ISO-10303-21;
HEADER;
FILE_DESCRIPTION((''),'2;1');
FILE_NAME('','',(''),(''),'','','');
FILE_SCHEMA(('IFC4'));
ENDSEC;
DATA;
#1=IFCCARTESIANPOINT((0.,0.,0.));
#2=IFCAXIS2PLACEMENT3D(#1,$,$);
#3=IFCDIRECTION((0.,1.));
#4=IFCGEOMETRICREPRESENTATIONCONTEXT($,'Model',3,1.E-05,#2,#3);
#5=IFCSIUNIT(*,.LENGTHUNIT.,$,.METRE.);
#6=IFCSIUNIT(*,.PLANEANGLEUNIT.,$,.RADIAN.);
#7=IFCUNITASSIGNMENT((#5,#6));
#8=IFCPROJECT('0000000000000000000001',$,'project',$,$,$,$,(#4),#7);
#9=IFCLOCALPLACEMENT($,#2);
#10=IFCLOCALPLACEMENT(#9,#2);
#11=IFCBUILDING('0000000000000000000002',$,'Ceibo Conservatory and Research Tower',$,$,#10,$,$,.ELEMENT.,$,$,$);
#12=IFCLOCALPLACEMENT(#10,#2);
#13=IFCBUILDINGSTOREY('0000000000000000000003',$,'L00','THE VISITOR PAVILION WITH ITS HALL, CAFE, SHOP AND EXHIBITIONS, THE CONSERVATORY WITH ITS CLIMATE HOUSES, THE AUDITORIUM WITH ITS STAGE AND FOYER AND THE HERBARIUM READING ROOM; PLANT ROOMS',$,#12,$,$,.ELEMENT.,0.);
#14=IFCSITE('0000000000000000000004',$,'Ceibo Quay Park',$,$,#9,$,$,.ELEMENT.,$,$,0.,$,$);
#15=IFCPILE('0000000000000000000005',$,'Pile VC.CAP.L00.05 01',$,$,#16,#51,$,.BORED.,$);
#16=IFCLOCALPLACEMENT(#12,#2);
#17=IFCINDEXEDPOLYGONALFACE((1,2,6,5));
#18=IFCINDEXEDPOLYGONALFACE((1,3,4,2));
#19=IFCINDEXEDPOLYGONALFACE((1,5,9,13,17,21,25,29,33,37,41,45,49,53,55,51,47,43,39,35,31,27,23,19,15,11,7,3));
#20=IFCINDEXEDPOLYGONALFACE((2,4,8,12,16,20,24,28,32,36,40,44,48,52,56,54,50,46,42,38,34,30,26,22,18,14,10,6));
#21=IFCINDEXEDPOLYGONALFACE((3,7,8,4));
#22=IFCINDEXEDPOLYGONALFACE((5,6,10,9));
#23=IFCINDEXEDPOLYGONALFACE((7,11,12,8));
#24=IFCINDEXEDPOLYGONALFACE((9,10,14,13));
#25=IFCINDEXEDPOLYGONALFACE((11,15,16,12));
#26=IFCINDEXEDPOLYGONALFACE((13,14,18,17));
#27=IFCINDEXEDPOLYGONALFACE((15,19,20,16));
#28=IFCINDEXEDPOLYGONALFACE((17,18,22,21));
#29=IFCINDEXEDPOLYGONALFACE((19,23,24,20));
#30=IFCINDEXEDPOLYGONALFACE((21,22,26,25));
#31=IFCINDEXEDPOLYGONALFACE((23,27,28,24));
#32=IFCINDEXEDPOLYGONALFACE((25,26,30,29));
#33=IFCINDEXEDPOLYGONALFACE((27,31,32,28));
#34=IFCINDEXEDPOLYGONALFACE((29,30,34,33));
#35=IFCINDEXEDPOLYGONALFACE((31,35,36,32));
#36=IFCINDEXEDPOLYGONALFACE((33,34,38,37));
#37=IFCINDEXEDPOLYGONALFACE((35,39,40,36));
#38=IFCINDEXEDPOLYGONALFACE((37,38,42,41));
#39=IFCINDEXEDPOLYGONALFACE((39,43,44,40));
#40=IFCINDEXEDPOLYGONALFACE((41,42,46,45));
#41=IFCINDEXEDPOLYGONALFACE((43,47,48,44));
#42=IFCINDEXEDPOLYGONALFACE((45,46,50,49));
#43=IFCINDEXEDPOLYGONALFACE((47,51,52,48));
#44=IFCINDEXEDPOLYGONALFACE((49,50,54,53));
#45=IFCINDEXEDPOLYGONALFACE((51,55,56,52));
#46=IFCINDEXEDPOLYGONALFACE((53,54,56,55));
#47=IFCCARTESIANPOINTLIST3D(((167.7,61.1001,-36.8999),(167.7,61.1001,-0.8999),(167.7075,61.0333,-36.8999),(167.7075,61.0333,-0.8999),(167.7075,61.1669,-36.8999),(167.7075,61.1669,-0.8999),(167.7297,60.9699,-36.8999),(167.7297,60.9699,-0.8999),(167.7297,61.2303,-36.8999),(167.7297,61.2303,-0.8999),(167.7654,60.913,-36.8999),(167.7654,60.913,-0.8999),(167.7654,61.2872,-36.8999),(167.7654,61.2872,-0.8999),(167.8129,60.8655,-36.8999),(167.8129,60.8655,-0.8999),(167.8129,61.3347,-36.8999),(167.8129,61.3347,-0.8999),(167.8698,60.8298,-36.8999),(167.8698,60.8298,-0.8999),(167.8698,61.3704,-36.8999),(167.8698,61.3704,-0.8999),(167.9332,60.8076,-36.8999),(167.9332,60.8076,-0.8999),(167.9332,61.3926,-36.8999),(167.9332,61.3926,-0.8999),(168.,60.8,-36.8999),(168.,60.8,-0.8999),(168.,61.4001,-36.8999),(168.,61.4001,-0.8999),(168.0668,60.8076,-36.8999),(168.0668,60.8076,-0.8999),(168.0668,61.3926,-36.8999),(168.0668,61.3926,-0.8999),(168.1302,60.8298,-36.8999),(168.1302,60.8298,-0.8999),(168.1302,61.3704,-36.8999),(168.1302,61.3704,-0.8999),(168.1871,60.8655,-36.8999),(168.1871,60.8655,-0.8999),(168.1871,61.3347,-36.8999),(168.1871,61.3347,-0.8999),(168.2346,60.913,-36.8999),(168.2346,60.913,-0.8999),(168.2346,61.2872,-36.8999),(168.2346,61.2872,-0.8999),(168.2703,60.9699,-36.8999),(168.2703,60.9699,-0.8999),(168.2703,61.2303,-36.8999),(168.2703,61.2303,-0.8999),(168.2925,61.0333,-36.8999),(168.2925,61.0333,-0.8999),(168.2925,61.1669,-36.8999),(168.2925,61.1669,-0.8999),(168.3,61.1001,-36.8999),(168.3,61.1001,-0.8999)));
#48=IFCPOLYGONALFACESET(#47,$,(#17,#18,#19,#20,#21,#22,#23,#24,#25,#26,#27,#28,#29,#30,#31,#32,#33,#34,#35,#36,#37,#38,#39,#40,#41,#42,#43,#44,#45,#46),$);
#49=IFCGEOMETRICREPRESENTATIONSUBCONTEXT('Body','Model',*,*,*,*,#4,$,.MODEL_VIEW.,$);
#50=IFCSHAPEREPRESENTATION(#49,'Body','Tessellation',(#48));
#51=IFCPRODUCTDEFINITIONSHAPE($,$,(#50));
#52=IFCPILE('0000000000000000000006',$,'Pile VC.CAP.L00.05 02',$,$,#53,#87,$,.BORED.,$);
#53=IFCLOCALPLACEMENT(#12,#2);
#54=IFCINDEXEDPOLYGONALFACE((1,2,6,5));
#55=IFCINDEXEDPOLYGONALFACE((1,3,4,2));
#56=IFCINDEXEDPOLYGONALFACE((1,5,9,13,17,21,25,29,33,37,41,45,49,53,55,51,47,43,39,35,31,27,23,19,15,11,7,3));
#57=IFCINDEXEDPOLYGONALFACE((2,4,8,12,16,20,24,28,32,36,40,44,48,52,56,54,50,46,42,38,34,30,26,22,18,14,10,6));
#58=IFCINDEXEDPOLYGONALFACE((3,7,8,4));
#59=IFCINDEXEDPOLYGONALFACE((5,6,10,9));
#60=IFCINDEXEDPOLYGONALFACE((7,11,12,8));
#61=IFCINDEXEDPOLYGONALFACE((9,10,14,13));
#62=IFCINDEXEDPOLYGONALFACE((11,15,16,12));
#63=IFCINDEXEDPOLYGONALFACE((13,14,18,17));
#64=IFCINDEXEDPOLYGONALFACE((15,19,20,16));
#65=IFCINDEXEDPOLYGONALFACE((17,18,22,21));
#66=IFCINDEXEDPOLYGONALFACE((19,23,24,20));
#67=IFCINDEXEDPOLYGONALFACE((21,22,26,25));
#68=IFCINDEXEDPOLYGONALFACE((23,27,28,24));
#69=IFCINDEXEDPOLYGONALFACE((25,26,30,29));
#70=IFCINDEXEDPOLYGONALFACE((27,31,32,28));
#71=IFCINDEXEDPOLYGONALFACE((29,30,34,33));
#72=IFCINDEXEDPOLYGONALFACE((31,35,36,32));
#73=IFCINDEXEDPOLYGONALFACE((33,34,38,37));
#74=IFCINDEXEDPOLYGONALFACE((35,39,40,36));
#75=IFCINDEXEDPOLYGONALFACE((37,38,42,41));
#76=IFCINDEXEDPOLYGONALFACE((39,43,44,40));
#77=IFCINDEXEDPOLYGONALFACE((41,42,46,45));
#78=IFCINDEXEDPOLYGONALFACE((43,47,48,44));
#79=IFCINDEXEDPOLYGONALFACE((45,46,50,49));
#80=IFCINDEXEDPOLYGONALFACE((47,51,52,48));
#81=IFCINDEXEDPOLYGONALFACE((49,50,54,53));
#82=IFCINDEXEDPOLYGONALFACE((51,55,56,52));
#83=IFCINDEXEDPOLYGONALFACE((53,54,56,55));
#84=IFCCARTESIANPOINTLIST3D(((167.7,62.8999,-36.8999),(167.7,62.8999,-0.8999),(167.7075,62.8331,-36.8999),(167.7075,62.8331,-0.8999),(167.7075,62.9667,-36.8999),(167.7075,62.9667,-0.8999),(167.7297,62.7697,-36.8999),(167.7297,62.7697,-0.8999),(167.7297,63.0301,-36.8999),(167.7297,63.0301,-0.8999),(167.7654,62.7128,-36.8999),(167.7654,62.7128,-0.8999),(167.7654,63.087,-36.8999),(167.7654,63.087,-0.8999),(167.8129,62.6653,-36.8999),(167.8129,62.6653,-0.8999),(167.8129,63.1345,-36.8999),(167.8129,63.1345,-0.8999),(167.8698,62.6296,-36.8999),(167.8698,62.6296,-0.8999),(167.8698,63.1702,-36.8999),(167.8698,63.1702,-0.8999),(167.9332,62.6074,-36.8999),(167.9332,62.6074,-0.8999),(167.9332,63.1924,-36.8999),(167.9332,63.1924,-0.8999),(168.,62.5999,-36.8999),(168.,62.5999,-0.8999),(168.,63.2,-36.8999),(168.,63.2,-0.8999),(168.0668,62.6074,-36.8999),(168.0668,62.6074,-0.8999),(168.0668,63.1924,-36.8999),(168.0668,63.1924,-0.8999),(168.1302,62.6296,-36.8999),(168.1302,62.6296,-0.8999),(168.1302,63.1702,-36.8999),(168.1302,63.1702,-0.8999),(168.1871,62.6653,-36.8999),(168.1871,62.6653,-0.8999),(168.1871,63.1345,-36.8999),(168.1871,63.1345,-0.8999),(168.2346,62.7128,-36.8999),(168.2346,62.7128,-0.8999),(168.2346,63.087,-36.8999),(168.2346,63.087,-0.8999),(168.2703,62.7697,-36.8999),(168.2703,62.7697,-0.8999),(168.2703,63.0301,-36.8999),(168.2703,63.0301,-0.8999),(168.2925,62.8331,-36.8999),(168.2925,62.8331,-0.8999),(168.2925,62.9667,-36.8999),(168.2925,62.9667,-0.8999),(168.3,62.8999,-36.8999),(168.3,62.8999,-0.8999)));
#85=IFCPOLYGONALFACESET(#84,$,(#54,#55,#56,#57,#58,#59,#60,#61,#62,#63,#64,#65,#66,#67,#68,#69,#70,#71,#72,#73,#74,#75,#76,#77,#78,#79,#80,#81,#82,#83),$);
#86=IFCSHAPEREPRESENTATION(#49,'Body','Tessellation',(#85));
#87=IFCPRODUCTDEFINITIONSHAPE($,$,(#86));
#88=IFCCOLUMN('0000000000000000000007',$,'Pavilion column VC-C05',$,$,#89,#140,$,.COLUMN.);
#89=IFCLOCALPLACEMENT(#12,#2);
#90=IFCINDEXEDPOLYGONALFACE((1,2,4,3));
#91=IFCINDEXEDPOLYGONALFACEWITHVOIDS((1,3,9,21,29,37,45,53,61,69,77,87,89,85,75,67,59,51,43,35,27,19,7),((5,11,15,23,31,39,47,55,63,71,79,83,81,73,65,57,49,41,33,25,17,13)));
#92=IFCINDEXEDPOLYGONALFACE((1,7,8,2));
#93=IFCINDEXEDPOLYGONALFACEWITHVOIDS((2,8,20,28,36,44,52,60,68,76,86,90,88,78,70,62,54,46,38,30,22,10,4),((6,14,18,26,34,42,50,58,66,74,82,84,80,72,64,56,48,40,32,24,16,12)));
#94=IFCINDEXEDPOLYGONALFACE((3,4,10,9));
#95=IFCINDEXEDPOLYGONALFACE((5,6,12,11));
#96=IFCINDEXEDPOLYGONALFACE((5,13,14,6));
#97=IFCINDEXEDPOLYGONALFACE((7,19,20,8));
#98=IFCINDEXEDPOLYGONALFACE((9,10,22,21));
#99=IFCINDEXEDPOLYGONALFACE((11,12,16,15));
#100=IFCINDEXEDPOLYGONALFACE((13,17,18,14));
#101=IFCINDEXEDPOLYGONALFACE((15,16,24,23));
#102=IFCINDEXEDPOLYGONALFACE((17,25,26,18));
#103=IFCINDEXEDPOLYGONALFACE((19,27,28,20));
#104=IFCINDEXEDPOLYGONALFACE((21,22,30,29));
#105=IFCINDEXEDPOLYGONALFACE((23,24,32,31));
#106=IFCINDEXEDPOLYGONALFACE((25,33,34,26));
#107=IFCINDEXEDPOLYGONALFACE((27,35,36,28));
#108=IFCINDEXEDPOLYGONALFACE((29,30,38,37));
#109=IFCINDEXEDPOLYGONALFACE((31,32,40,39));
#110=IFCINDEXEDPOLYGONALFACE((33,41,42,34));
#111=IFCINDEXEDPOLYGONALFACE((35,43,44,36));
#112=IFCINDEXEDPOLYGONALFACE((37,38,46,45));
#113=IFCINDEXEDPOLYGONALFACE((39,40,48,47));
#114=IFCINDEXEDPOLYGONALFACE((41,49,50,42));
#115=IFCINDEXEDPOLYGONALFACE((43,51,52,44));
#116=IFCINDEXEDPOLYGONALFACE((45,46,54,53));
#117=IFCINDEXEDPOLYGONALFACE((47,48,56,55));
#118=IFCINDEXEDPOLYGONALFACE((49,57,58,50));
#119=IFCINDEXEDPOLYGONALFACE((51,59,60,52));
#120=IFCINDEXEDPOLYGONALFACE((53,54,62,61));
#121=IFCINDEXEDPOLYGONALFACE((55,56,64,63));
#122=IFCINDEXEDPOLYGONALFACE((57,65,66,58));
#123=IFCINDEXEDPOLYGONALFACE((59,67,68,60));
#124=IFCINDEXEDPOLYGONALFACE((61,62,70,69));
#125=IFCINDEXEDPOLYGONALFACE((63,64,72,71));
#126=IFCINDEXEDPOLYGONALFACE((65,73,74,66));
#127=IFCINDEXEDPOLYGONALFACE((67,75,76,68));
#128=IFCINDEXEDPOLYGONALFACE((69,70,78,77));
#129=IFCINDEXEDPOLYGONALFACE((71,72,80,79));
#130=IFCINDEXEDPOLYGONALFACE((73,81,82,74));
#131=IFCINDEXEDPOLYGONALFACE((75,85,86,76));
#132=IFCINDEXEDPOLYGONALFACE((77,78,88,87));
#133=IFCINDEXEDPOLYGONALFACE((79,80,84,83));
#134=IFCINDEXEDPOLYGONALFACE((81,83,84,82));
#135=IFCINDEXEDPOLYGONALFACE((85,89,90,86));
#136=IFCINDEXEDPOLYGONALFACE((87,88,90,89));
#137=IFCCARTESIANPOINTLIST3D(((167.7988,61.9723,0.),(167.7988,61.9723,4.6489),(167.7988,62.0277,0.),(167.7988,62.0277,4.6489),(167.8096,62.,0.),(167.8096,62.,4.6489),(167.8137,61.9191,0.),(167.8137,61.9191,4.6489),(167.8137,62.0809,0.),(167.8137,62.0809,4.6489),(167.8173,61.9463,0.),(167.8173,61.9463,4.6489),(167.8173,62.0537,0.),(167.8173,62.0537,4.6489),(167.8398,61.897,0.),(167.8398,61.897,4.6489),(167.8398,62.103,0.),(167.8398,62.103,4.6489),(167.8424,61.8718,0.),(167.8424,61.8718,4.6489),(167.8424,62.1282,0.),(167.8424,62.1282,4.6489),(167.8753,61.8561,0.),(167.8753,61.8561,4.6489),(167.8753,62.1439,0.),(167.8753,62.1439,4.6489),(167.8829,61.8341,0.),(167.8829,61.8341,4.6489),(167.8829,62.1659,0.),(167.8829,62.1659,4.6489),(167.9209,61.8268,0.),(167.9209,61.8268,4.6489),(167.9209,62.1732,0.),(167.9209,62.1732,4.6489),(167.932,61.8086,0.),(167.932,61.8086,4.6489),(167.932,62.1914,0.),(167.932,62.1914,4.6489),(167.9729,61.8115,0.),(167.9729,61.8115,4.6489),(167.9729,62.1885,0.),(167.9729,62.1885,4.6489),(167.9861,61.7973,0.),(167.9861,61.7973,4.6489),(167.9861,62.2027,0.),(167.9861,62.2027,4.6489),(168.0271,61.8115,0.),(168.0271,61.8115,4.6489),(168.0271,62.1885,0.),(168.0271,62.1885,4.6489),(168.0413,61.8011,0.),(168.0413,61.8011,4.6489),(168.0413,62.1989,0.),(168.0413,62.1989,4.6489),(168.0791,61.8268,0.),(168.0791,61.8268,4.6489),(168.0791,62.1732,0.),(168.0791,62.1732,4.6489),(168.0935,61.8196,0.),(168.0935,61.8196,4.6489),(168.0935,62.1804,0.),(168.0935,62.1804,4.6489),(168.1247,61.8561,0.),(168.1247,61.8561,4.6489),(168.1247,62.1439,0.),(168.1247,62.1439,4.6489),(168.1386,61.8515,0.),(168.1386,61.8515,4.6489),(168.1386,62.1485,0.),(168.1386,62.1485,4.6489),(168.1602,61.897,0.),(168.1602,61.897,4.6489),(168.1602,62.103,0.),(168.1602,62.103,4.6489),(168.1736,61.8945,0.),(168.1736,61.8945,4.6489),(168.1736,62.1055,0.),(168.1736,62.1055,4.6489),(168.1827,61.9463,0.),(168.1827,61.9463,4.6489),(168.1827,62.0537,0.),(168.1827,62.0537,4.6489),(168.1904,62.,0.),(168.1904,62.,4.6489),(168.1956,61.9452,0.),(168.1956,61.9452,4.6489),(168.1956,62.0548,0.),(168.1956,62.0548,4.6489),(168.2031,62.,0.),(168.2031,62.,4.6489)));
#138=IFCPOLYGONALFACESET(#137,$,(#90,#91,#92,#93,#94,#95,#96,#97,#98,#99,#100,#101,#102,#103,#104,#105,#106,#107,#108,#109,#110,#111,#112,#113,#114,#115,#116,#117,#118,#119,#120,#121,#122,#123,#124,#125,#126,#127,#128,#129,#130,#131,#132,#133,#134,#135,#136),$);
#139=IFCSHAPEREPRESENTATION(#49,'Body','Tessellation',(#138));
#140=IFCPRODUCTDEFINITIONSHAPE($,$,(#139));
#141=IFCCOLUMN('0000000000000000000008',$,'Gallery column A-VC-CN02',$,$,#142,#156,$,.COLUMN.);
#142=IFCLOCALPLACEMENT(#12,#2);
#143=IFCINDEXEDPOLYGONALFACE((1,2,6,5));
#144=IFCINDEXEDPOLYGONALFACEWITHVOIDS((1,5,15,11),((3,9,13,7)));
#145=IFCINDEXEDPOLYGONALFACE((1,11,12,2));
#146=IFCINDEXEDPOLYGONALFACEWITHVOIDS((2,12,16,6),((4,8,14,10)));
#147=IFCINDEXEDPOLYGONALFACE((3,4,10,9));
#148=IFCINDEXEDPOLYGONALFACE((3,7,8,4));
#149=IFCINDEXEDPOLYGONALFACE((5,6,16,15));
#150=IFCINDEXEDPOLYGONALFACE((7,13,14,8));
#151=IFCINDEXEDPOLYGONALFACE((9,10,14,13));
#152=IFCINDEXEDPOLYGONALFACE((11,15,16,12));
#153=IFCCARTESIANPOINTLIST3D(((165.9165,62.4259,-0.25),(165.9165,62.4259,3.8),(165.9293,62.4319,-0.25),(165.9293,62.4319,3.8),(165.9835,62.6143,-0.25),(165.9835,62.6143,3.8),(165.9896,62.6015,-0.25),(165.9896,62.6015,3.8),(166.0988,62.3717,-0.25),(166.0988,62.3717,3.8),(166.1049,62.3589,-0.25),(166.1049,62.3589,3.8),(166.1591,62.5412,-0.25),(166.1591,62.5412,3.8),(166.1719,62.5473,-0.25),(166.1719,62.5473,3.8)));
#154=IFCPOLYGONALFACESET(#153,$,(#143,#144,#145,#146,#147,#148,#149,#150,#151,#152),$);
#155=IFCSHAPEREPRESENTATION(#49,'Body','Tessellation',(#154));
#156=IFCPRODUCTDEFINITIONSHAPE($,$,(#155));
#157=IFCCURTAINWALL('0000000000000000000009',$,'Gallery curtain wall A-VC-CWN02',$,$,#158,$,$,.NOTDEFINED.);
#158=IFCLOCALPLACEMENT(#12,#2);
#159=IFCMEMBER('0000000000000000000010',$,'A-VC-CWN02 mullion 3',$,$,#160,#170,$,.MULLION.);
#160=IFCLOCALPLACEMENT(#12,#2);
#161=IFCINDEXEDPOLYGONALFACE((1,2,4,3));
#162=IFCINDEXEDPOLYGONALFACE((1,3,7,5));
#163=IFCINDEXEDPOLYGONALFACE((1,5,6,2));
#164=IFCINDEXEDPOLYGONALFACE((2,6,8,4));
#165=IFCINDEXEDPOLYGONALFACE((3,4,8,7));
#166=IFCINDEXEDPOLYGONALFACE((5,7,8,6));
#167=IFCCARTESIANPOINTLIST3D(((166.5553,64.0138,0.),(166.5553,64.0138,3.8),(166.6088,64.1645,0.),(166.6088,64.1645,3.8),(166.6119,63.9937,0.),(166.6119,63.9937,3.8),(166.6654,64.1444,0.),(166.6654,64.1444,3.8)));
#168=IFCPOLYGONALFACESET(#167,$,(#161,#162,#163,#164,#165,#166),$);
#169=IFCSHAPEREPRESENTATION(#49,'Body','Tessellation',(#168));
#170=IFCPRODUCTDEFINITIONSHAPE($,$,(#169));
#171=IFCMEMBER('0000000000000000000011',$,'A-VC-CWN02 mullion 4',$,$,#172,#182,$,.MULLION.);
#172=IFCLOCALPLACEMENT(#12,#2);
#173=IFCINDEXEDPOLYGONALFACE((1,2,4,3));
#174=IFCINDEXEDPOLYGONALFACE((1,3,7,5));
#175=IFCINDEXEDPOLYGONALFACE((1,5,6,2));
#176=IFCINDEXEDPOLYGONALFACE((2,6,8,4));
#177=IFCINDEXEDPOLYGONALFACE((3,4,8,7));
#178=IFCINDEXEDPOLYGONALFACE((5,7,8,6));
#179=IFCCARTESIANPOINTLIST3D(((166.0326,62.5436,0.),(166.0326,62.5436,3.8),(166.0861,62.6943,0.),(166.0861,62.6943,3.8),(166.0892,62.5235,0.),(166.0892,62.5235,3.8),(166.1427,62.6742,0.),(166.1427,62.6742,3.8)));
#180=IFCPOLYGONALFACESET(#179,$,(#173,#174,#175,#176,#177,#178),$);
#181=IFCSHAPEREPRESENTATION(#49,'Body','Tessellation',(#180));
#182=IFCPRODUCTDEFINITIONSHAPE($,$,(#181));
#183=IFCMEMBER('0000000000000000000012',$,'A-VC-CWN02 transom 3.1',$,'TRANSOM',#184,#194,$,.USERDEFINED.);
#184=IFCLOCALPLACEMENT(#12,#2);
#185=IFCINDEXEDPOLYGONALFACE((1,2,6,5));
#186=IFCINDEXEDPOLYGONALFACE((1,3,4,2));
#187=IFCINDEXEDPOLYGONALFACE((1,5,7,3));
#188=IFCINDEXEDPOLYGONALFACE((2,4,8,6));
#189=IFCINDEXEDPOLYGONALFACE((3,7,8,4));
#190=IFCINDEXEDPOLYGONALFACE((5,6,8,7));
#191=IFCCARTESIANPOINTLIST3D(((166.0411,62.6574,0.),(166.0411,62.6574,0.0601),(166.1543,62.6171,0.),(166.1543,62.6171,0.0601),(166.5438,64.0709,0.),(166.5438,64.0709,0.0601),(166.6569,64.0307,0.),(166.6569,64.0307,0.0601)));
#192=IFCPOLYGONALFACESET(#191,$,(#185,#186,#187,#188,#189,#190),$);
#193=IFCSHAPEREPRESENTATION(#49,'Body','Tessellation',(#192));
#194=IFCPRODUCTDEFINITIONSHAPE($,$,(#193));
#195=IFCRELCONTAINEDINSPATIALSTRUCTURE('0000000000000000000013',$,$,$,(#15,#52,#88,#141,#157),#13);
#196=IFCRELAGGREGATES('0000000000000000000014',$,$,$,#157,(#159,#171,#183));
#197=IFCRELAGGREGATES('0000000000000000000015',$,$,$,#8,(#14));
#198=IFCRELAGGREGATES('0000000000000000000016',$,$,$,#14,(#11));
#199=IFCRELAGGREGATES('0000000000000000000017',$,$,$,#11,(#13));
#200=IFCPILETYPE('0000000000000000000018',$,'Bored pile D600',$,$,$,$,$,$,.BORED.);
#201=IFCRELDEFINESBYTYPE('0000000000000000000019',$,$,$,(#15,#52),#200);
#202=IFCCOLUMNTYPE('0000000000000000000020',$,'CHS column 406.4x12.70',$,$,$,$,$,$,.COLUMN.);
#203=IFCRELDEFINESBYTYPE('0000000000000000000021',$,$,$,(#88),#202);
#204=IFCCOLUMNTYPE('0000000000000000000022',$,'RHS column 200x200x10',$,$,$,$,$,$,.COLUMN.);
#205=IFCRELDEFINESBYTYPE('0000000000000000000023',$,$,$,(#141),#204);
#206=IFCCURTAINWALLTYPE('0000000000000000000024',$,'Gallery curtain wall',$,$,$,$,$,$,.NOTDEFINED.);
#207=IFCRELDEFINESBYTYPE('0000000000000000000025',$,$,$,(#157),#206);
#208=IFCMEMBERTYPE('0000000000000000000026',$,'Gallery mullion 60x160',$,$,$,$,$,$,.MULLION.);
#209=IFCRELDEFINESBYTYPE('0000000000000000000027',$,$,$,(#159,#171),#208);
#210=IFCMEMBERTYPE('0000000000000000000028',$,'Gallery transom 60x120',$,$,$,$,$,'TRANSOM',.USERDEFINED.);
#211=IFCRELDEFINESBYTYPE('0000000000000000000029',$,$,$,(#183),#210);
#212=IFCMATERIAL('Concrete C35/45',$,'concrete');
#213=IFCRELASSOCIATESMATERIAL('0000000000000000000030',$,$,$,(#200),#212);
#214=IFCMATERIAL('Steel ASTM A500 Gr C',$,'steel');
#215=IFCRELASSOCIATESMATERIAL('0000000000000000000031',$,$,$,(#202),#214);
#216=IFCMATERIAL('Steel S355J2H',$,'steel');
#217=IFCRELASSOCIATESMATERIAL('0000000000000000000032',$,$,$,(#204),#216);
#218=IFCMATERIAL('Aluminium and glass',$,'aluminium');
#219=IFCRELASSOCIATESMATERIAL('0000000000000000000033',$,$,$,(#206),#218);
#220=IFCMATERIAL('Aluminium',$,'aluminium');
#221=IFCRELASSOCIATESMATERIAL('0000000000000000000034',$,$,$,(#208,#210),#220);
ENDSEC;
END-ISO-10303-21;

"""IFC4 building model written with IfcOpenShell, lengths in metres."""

from ifc_helpers import new_model, si_unit, direction, frame, origin, origin_2d, place, context, subcontext, project, spatial, rectangle, hollow_rectangle, circle, hollow_circle, extrude, material, material_profile, profile_set, type_object, element, aggregate, save


model = new_model("IFC4")

# Units and contexts
model_context = context("Model", 3, precision=1e-05, world=origin(), true_north=direction((0.0, 1.0)))
body_context = subcontext(model_context, "Body", "Model", "MODEL_VIEW")
ifc_project = project(units=[si_unit("LENGTHUNIT", "METRE"), si_unit("PLANEANGLEUNIT", "RADIAN")], contexts=[model_context])

# Site, building, storey
site_placement = place(None, origin())
site = spatial("IfcSite", under=ifc_project, at=site_placement, Name="Ceibo Quay Park", CompositionType="ELEMENT", RefElevation=0.0)
building_placement = place(site_placement, origin())
building = spatial("IfcBuilding", under=site, at=building_placement, Name="Ceibo Conservatory and Research Tower", CompositionType="ELEMENT")
storey_placement = place(building_placement, origin())
storey = spatial("IfcBuildingStorey", under=building, at=storey_placement, Name="L00", Description="THE VISITOR PAVILION WITH ITS HALL, CAFE, SHOP AND EXHIBITIONS, THE CONSERVATORY WITH ITS CLIMATE HOUSES, THE AUDITORIUM WITH ITS STAGE AND FOYER AND THE HERBARIUM READING ROOM; PLANT ROOMS", CompositionType="ELEMENT", Elevation=0.0)

# Piles
ifc_material_1 = material(Name="Concrete C35/45", Category="concrete")
ifc_material_profile_1 = material_profile(ifc_material_1, circle(Radius=0.3, at=origin_2d()), Name="RC D600")
ifc_profile_set_1 = profile_set([ifc_material_profile_1], Name="Concrete C35/45")
pile_type = type_object("IfcPileType", Name="Bored pile D600", PredefinedType="BORED", material=ifc_profile_set_1)
for number, where, z_axis, x_axis, name in (
    (1, (168.0, 61.1001, -0.8999), (0.0, 0.0, -1.0), (1.0, 0.0, 0.0), "Pile VC.CAP.L00.05 01"),
    (2, (168.0, 62.8999, -0.8999), (0.0, 0.0, -1.0), (1.0, 0.0, 0.0), "Pile VC.CAP.L00.05 02"),
):
    element("IfcPile", number, at=place(storey_placement, frame(where, z_axis=z_axis, x_axis=x_axis)), inside=storey, type_object=pile_type, Name=name, PredefinedType="BORED", context=body_context, shape_type="SweptSolid", body=[
        extrude(circle(Radius=0.3, at=origin_2d()), origin(), (0.0, 0.0, 1.0), 36.0),
    ])

# Columns
ifc_material_2 = material(Name="Steel ASTM A500 Gr C", Category="steel")
ifc_material_profile_2 = material_profile(ifc_material_2, hollow_circle(Radius=0.2031, WallThickness=0.0127, at=origin_2d()), Name="CHS column 406.4x12.70")
ifc_profile_set_2 = profile_set([ifc_material_profile_2], Name="Steel ASTM A500 Gr C")
column_type_1 = type_object("IfcColumnType", Name="CHS column 406.4x12.70", PredefinedType="COLUMN", material=ifc_profile_set_2)
column_1_placement = place(storey_placement, frame((168.0, 62.0, 0.0), z_axis=(0.0, 0.0, 1.0), x_axis=(1.0, 0.0, 0.0)))
element("IfcColumn", 3, at=column_1_placement, inside=storey, type_object=column_type_1, Name="Pavilion column VC-C05", PredefinedType="COLUMN", context=body_context, shape_type="SweptSolid", body=[
    extrude(hollow_circle(Radius=0.2031, WallThickness=0.0127, at=origin_2d()), origin(), (0.0, 0.0, 1.0), 4.6489),
])
ifc_material_3 = material(Name="Steel S355J2H", Category="steel")
ifc_material_profile_3 = material_profile(ifc_material_3, hollow_rectangle(XDim=0.2, YDim=0.2, WallThickness=0.01, at=origin_2d()), Name="RHS column 200x200x10")
ifc_profile_set_3 = profile_set([ifc_material_profile_3], Name="Steel S355J2H")
column_type_2 = type_object("IfcColumnType", Name="RHS column 200x200x10", PredefinedType="COLUMN", material=ifc_profile_set_3)
column_2_placement = place(storey_placement, frame((166.0442, 62.4866, -0.25), z_axis=(0.0, 0.0, 1.0), x_axis=(-0.33504, -0.942204, 0.0)))
element("IfcColumn", 4, at=column_2_placement, inside=storey, type_object=column_type_2, Name="Gallery column A-VC-CN02", PredefinedType="COLUMN", context=body_context, shape_type="SweptSolid", body=[
    extrude(hollow_rectangle(XDim=0.2, YDim=0.2, WallThickness=0.01, at=origin_2d()), origin(), (0.0, 0.0, 1.0), 4.05),
])

# Curtain wall, members
ifc_material_4 = material(Name="Aluminium and glass", Category="aluminium")
curtain_wall_type_1 = type_object("IfcCurtainWallType", Name="Gallery curtain wall", PredefinedType="NOTDEFINED", material=ifc_material_4)
curtain_wall_1_placement = place(storey_placement, origin())
curtain_wall_1 = element("IfcCurtainWall", 5, at=curtain_wall_1_placement, inside=storey, type_object=curtain_wall_type_1, Name="Gallery curtain wall A-VC-CWN02", PredefinedType="NOTDEFINED")
ifc_material_5 = material(Name="Aluminium", Category="aluminium")
ifc_material_profile_4 = material_profile(ifc_material_5, rectangle(XDim=0.0601, YDim=0.1599, at=origin_2d()), Name="AL 60x160")
ifc_profile_set_4 = profile_set([ifc_material_profile_4], Name="Aluminium")
member_type_1 = type_object("IfcMemberType", Name="Gallery mullion 60x160", PredefinedType="MULLION", material=ifc_profile_set_4)
member_1_placement = place(storey_placement, frame((166.6104, 64.0791, 0.0), z_axis=(0.0, 0.0, 1.0), x_axis=(0.942204, -0.33504, 0.0)))
member_1 = element("IfcMember", 6, at=member_1_placement, type_object=member_type_1, Name="A-VC-CWN02 mullion 3", PredefinedType="MULLION", context=body_context, shape_type="SweptSolid", body=[
    extrude(rectangle(XDim=0.0601, YDim=0.1599, at=origin_2d()), origin(), (0.0, 0.0, 1.0), 3.8),
])
member_2_placement = place(storey_placement, frame((166.0876, 62.6089, 0.0), z_axis=(0.0, 0.0, 1.0), x_axis=(0.942204, -0.33504, 0.0)))
member_2 = element("IfcMember", 7, at=member_2_placement, type_object=member_type_1, Name="A-VC-CWN02 mullion 4", PredefinedType="MULLION", context=body_context, shape_type="SweptSolid", body=[
    extrude(rectangle(XDim=0.0601, YDim=0.1599, at=origin_2d()), origin(), (0.0, 0.0, 1.0), 3.8),
])
ifc_material_profile_5 = material_profile(ifc_material_5, rectangle(XDim=0.1201, YDim=0.0601, at=origin_2d()), Name="AL 60x120")
ifc_profile_set_5 = profile_set([ifc_material_profile_5], Name="Aluminium")
member_type_2 = type_object("IfcMemberType", Name="Gallery transom 60x120", ElementType="TRANSOM", PredefinedType="USERDEFINED", material=ifc_profile_set_5)
member_3_placement = place(storey_placement, frame((166.6003, 64.0508, 0.03), z_axis=(-0.335058, -0.942198, 0.0), x_axis=(0.942198, -0.335058, 0.0)))
member_3 = element("IfcMember", 8, at=member_3_placement, type_object=member_type_2, Name="A-VC-CWN02 transom 3.1", ObjectType="TRANSOM", PredefinedType="USERDEFINED", context=body_context, shape_type="SweptSolid", body=[
    extrude(rectangle(XDim=0.1201, YDim=0.0601, at=origin_2d()), origin(), (0.0, 0.0, 1.0), 1.5002),
])

aggregate(curtain_wall_1, [member_1, member_2, member_3])

save(model, "model.ifc")
